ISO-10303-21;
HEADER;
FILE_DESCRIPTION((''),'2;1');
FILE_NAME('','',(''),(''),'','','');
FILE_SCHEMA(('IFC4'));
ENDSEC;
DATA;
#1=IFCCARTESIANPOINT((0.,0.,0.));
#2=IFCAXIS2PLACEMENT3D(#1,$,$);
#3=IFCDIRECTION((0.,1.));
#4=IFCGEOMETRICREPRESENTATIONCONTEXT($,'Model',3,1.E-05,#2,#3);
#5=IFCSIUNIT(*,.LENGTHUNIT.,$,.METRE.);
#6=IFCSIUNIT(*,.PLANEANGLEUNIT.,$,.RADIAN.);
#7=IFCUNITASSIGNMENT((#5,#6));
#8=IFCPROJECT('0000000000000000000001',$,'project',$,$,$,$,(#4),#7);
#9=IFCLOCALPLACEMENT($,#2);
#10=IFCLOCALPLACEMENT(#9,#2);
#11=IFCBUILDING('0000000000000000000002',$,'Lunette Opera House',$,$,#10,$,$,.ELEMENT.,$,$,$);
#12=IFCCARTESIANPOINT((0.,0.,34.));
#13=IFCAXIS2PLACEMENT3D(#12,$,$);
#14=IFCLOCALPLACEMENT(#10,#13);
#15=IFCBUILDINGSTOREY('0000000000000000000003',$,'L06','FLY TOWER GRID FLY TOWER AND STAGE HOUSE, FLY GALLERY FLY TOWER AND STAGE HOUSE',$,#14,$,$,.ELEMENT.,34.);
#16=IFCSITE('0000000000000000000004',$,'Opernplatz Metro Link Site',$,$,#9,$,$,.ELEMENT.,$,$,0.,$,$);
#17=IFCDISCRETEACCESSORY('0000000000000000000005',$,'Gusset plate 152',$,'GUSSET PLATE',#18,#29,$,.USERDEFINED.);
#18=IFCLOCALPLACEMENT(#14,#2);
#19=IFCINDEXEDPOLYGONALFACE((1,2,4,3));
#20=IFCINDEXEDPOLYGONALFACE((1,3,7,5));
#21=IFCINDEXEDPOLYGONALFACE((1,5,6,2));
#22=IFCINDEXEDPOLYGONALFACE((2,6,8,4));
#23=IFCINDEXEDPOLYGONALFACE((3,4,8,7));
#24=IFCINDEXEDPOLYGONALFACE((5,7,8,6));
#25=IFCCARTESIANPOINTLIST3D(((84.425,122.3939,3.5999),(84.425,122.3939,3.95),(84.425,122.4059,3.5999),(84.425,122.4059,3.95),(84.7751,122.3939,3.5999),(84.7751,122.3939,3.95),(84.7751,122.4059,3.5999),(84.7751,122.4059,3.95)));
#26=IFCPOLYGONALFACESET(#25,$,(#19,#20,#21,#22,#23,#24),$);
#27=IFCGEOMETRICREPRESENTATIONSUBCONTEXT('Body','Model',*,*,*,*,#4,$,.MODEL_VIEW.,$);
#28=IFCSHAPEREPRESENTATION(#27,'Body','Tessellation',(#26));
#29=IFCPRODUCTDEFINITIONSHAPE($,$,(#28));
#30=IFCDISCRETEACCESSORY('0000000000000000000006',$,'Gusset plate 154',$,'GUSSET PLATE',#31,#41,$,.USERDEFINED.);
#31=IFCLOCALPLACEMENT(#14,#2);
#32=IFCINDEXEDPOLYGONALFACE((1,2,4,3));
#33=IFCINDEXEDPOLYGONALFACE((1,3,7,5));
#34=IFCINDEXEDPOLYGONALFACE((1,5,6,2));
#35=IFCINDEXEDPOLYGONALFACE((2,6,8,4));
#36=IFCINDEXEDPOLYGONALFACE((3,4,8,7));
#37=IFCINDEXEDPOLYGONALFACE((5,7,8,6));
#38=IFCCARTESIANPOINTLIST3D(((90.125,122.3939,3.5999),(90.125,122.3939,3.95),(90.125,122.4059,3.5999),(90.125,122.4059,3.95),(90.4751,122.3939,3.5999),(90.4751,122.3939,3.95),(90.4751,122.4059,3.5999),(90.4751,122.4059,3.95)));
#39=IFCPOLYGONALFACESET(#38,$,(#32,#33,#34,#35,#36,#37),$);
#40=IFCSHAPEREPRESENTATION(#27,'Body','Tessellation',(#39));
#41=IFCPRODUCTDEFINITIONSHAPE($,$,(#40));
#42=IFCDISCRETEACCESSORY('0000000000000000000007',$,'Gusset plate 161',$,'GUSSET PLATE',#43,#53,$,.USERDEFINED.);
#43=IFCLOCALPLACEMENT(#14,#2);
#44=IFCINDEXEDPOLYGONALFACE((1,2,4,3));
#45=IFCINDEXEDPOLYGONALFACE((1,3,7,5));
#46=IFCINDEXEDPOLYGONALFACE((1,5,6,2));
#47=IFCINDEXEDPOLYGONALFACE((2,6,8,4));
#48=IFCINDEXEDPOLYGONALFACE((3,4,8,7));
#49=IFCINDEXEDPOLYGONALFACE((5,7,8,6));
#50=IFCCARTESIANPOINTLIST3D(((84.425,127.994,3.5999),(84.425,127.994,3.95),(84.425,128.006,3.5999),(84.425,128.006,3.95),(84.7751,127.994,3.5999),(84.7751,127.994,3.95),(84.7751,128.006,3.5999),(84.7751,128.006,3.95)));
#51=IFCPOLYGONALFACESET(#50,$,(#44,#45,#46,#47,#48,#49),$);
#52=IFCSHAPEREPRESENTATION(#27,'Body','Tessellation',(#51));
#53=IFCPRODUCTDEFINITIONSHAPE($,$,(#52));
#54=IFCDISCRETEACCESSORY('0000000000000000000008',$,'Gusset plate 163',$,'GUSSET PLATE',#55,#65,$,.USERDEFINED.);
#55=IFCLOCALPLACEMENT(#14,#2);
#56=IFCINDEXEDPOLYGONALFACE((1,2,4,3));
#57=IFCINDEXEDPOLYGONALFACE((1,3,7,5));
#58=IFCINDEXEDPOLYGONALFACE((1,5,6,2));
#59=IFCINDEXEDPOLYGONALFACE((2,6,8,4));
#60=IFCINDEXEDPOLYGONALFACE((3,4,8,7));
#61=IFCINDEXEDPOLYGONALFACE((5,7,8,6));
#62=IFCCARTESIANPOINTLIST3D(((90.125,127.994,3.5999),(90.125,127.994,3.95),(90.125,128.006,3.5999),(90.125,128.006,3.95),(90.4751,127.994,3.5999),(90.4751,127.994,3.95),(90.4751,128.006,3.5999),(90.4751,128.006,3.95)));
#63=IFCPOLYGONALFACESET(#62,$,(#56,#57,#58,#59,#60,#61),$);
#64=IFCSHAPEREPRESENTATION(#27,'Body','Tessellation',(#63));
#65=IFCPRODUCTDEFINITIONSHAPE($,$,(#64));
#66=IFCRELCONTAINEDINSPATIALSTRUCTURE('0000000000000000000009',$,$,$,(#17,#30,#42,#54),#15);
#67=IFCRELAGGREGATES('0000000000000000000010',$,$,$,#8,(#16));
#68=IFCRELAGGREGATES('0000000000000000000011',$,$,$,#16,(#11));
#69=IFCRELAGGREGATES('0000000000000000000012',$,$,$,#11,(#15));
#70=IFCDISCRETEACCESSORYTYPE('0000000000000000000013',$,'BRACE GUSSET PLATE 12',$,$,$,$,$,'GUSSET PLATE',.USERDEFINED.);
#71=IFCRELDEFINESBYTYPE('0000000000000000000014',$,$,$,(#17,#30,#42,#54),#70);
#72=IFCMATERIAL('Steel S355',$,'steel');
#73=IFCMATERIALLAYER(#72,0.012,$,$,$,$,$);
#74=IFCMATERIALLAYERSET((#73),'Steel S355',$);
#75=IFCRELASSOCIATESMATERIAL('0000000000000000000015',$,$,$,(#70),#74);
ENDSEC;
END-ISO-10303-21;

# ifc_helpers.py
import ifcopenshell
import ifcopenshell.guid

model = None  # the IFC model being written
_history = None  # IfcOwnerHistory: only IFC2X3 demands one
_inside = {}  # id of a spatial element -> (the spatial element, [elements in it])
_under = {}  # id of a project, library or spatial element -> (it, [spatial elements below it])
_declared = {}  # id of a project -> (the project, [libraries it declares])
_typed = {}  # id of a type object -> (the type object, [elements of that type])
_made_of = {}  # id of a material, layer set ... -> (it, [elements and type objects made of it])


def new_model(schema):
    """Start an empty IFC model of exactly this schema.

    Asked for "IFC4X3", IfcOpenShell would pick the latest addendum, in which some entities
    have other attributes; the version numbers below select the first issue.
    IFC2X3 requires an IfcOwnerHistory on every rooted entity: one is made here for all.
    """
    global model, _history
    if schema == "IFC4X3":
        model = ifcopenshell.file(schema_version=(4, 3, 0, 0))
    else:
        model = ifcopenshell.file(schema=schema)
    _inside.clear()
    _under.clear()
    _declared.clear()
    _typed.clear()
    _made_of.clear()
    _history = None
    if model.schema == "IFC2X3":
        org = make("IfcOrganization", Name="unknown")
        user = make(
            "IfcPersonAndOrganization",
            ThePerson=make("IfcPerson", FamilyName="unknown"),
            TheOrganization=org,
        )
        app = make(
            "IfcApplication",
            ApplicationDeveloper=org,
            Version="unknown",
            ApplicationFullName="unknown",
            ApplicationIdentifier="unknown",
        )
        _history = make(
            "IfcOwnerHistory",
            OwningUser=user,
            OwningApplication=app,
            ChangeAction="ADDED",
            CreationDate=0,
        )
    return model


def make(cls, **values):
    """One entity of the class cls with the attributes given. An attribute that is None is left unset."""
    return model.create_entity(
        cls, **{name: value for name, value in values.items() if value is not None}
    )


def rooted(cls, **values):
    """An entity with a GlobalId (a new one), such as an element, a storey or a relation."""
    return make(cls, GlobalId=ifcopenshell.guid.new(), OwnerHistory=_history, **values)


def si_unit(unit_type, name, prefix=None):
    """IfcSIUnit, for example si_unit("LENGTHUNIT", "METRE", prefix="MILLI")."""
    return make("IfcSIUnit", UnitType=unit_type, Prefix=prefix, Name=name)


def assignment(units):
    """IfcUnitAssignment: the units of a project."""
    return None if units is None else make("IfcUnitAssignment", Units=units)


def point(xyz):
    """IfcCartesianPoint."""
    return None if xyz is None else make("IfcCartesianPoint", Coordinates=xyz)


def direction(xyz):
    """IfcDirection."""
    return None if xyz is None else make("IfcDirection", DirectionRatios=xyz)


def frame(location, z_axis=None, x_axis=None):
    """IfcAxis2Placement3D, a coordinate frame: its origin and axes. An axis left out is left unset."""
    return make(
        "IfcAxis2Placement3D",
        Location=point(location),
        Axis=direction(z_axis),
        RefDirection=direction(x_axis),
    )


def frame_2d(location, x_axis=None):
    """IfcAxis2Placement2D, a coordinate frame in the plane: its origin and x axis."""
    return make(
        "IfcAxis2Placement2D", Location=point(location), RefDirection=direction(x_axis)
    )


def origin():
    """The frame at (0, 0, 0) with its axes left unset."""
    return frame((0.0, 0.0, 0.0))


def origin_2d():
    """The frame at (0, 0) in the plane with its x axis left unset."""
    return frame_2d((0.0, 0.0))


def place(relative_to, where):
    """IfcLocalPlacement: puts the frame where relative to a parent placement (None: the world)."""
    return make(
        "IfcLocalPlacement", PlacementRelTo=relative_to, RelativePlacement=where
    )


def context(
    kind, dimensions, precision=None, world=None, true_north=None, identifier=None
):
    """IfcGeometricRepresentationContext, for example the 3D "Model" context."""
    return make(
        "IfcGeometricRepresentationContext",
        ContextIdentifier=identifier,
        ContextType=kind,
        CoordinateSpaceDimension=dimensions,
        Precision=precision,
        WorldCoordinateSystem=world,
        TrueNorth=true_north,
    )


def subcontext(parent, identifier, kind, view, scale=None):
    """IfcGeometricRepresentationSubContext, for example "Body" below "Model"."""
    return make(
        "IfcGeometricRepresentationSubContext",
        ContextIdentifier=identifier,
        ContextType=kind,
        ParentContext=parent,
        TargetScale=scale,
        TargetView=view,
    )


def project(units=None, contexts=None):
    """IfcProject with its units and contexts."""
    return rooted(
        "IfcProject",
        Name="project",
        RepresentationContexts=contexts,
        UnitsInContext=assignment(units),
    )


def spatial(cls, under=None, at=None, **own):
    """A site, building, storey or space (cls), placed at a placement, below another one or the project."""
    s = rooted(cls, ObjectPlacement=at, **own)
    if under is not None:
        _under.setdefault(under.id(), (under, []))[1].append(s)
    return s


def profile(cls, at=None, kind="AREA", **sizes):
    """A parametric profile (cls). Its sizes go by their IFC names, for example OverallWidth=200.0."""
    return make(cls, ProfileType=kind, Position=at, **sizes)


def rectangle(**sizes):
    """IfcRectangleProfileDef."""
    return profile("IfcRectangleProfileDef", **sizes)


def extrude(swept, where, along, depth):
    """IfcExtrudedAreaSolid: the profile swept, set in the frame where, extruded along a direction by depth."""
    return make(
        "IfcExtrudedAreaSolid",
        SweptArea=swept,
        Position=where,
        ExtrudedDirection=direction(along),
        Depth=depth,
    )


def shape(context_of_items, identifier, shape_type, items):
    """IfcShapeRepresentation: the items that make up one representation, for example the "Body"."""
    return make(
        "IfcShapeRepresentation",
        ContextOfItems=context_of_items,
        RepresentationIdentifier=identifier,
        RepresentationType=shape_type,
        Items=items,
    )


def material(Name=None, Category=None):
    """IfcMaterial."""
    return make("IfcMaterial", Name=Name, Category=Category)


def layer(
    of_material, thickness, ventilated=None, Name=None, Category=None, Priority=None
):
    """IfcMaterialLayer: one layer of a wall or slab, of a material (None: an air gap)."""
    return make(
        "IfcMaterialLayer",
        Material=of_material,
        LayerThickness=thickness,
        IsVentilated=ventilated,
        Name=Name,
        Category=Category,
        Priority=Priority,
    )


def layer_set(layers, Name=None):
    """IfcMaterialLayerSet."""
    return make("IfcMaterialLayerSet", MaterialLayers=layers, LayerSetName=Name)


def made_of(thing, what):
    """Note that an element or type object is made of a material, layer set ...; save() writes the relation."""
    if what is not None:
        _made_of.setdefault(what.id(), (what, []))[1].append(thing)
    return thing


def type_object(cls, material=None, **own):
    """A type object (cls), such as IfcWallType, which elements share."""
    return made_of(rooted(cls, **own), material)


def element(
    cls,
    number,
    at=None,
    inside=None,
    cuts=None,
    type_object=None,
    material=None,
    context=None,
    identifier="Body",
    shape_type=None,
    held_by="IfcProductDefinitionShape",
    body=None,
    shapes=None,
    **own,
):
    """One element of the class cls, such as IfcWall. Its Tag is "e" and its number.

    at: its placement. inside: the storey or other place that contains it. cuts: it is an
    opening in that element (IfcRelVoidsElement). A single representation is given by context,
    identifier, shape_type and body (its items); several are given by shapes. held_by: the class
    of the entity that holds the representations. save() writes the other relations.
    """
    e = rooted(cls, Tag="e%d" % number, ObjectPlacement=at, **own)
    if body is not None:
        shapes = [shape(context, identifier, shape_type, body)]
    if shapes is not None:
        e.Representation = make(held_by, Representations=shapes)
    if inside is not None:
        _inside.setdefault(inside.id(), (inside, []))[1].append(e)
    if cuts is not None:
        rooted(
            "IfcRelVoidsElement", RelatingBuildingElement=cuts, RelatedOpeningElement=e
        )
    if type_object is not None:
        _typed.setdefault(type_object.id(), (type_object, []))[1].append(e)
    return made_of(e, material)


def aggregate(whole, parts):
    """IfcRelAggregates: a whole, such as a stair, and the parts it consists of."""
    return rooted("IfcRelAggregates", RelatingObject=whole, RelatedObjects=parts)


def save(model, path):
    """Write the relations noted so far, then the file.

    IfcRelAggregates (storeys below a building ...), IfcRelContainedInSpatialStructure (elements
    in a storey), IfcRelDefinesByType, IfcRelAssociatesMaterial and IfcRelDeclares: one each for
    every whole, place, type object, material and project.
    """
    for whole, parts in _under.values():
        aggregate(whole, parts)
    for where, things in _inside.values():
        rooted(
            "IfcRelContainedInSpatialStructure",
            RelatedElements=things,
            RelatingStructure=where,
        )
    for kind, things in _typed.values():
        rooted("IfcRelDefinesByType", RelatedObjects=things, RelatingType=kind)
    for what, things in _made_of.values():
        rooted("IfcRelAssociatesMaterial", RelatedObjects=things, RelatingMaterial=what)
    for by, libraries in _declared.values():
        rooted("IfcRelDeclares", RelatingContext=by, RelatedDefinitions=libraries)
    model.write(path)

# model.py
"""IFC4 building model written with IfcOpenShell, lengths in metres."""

from ifc_helpers import new_model, si_unit, direction, frame, origin, origin_2d, place, context, subcontext, project, spatial, rectangle, extrude, material, layer, layer_set, type_object, element, save


model = new_model("IFC4")

# Units and contexts
model_context = context("Model", 3, precision=1e-05, world=origin(), true_north=direction((0.0, 1.0)))
body_context = subcontext(model_context, "Body", "Model", "MODEL_VIEW")
ifc_project = project(units=[si_unit("LENGTHUNIT", "METRE"), si_unit("PLANEANGLEUNIT", "RADIAN")], contexts=[model_context])

# Site, building, storey
site_placement = place(None, origin())
site = spatial("IfcSite", under=ifc_project, at=site_placement, Name="Opernplatz Metro Link Site", CompositionType="ELEMENT", RefElevation=0.0)
building_placement = place(site_placement, origin())
building = spatial("IfcBuilding", under=site, at=building_placement, Name="Lunette Opera House", CompositionType="ELEMENT")
storey_placement = place(building_placement, frame((0.0, 0.0, 34.0)))
storey = spatial("IfcBuildingStorey", under=building, at=storey_placement, Name="L06", Description="FLY TOWER GRID FLY TOWER AND STAGE HOUSE, FLY GALLERY FLY TOWER AND STAGE HOUSE", CompositionType="ELEMENT", Elevation=34.0)

# Discrete accessories
ifc_material_1 = material(Name="Steel S355", Category="steel")
ifc_layer_1 = layer(ifc_material_1, 0.012)
ifc_layer_set_1 = layer_set([ifc_layer_1], Name="Steel S355")
discrete_accessory_type = type_object("IfcDiscreteAccessoryType", Name="BRACE GUSSET PLATE 12", ElementType="GUSSET PLATE", PredefinedType="USERDEFINED", material=ifc_layer_set_1)
for number, where, z_axis, x_axis, name in (
    (1, (84.6001, 122.3999, 3.5999), (0.0, 0.0, 1.0), (1.0, 0.0, 0.0), "Gusset plate 152"),
    (2, (90.3, 122.3999, 3.5999), (0.0, 0.0, 1.0), (1.0, 0.0, 0.0), "Gusset plate 154"),
    (3, (84.6001, 128.0, 3.5999), (0.0, 0.0, 1.0), (1.0, 0.0, 0.0), "Gusset plate 161"),
    (4, (90.3, 128.0, 3.5999), (0.0, 0.0, 1.0), (1.0, 0.0, 0.0), "Gusset plate 163"),
):
    element("IfcDiscreteAccessory", number, at=place(storey_placement, frame(where, z_axis=z_axis, x_axis=x_axis)), inside=storey, type_object=discrete_accessory_type, Name=name, ObjectType="GUSSET PLATE", PredefinedType="USERDEFINED", context=body_context, shape_type="SweptSolid", body=[
        extrude(rectangle(XDim=0.3501, YDim=0.012, at=origin_2d()), origin(), (0.0, 0.0, 1.0), 0.3501),
    ])

save(model, "model.ifc")
